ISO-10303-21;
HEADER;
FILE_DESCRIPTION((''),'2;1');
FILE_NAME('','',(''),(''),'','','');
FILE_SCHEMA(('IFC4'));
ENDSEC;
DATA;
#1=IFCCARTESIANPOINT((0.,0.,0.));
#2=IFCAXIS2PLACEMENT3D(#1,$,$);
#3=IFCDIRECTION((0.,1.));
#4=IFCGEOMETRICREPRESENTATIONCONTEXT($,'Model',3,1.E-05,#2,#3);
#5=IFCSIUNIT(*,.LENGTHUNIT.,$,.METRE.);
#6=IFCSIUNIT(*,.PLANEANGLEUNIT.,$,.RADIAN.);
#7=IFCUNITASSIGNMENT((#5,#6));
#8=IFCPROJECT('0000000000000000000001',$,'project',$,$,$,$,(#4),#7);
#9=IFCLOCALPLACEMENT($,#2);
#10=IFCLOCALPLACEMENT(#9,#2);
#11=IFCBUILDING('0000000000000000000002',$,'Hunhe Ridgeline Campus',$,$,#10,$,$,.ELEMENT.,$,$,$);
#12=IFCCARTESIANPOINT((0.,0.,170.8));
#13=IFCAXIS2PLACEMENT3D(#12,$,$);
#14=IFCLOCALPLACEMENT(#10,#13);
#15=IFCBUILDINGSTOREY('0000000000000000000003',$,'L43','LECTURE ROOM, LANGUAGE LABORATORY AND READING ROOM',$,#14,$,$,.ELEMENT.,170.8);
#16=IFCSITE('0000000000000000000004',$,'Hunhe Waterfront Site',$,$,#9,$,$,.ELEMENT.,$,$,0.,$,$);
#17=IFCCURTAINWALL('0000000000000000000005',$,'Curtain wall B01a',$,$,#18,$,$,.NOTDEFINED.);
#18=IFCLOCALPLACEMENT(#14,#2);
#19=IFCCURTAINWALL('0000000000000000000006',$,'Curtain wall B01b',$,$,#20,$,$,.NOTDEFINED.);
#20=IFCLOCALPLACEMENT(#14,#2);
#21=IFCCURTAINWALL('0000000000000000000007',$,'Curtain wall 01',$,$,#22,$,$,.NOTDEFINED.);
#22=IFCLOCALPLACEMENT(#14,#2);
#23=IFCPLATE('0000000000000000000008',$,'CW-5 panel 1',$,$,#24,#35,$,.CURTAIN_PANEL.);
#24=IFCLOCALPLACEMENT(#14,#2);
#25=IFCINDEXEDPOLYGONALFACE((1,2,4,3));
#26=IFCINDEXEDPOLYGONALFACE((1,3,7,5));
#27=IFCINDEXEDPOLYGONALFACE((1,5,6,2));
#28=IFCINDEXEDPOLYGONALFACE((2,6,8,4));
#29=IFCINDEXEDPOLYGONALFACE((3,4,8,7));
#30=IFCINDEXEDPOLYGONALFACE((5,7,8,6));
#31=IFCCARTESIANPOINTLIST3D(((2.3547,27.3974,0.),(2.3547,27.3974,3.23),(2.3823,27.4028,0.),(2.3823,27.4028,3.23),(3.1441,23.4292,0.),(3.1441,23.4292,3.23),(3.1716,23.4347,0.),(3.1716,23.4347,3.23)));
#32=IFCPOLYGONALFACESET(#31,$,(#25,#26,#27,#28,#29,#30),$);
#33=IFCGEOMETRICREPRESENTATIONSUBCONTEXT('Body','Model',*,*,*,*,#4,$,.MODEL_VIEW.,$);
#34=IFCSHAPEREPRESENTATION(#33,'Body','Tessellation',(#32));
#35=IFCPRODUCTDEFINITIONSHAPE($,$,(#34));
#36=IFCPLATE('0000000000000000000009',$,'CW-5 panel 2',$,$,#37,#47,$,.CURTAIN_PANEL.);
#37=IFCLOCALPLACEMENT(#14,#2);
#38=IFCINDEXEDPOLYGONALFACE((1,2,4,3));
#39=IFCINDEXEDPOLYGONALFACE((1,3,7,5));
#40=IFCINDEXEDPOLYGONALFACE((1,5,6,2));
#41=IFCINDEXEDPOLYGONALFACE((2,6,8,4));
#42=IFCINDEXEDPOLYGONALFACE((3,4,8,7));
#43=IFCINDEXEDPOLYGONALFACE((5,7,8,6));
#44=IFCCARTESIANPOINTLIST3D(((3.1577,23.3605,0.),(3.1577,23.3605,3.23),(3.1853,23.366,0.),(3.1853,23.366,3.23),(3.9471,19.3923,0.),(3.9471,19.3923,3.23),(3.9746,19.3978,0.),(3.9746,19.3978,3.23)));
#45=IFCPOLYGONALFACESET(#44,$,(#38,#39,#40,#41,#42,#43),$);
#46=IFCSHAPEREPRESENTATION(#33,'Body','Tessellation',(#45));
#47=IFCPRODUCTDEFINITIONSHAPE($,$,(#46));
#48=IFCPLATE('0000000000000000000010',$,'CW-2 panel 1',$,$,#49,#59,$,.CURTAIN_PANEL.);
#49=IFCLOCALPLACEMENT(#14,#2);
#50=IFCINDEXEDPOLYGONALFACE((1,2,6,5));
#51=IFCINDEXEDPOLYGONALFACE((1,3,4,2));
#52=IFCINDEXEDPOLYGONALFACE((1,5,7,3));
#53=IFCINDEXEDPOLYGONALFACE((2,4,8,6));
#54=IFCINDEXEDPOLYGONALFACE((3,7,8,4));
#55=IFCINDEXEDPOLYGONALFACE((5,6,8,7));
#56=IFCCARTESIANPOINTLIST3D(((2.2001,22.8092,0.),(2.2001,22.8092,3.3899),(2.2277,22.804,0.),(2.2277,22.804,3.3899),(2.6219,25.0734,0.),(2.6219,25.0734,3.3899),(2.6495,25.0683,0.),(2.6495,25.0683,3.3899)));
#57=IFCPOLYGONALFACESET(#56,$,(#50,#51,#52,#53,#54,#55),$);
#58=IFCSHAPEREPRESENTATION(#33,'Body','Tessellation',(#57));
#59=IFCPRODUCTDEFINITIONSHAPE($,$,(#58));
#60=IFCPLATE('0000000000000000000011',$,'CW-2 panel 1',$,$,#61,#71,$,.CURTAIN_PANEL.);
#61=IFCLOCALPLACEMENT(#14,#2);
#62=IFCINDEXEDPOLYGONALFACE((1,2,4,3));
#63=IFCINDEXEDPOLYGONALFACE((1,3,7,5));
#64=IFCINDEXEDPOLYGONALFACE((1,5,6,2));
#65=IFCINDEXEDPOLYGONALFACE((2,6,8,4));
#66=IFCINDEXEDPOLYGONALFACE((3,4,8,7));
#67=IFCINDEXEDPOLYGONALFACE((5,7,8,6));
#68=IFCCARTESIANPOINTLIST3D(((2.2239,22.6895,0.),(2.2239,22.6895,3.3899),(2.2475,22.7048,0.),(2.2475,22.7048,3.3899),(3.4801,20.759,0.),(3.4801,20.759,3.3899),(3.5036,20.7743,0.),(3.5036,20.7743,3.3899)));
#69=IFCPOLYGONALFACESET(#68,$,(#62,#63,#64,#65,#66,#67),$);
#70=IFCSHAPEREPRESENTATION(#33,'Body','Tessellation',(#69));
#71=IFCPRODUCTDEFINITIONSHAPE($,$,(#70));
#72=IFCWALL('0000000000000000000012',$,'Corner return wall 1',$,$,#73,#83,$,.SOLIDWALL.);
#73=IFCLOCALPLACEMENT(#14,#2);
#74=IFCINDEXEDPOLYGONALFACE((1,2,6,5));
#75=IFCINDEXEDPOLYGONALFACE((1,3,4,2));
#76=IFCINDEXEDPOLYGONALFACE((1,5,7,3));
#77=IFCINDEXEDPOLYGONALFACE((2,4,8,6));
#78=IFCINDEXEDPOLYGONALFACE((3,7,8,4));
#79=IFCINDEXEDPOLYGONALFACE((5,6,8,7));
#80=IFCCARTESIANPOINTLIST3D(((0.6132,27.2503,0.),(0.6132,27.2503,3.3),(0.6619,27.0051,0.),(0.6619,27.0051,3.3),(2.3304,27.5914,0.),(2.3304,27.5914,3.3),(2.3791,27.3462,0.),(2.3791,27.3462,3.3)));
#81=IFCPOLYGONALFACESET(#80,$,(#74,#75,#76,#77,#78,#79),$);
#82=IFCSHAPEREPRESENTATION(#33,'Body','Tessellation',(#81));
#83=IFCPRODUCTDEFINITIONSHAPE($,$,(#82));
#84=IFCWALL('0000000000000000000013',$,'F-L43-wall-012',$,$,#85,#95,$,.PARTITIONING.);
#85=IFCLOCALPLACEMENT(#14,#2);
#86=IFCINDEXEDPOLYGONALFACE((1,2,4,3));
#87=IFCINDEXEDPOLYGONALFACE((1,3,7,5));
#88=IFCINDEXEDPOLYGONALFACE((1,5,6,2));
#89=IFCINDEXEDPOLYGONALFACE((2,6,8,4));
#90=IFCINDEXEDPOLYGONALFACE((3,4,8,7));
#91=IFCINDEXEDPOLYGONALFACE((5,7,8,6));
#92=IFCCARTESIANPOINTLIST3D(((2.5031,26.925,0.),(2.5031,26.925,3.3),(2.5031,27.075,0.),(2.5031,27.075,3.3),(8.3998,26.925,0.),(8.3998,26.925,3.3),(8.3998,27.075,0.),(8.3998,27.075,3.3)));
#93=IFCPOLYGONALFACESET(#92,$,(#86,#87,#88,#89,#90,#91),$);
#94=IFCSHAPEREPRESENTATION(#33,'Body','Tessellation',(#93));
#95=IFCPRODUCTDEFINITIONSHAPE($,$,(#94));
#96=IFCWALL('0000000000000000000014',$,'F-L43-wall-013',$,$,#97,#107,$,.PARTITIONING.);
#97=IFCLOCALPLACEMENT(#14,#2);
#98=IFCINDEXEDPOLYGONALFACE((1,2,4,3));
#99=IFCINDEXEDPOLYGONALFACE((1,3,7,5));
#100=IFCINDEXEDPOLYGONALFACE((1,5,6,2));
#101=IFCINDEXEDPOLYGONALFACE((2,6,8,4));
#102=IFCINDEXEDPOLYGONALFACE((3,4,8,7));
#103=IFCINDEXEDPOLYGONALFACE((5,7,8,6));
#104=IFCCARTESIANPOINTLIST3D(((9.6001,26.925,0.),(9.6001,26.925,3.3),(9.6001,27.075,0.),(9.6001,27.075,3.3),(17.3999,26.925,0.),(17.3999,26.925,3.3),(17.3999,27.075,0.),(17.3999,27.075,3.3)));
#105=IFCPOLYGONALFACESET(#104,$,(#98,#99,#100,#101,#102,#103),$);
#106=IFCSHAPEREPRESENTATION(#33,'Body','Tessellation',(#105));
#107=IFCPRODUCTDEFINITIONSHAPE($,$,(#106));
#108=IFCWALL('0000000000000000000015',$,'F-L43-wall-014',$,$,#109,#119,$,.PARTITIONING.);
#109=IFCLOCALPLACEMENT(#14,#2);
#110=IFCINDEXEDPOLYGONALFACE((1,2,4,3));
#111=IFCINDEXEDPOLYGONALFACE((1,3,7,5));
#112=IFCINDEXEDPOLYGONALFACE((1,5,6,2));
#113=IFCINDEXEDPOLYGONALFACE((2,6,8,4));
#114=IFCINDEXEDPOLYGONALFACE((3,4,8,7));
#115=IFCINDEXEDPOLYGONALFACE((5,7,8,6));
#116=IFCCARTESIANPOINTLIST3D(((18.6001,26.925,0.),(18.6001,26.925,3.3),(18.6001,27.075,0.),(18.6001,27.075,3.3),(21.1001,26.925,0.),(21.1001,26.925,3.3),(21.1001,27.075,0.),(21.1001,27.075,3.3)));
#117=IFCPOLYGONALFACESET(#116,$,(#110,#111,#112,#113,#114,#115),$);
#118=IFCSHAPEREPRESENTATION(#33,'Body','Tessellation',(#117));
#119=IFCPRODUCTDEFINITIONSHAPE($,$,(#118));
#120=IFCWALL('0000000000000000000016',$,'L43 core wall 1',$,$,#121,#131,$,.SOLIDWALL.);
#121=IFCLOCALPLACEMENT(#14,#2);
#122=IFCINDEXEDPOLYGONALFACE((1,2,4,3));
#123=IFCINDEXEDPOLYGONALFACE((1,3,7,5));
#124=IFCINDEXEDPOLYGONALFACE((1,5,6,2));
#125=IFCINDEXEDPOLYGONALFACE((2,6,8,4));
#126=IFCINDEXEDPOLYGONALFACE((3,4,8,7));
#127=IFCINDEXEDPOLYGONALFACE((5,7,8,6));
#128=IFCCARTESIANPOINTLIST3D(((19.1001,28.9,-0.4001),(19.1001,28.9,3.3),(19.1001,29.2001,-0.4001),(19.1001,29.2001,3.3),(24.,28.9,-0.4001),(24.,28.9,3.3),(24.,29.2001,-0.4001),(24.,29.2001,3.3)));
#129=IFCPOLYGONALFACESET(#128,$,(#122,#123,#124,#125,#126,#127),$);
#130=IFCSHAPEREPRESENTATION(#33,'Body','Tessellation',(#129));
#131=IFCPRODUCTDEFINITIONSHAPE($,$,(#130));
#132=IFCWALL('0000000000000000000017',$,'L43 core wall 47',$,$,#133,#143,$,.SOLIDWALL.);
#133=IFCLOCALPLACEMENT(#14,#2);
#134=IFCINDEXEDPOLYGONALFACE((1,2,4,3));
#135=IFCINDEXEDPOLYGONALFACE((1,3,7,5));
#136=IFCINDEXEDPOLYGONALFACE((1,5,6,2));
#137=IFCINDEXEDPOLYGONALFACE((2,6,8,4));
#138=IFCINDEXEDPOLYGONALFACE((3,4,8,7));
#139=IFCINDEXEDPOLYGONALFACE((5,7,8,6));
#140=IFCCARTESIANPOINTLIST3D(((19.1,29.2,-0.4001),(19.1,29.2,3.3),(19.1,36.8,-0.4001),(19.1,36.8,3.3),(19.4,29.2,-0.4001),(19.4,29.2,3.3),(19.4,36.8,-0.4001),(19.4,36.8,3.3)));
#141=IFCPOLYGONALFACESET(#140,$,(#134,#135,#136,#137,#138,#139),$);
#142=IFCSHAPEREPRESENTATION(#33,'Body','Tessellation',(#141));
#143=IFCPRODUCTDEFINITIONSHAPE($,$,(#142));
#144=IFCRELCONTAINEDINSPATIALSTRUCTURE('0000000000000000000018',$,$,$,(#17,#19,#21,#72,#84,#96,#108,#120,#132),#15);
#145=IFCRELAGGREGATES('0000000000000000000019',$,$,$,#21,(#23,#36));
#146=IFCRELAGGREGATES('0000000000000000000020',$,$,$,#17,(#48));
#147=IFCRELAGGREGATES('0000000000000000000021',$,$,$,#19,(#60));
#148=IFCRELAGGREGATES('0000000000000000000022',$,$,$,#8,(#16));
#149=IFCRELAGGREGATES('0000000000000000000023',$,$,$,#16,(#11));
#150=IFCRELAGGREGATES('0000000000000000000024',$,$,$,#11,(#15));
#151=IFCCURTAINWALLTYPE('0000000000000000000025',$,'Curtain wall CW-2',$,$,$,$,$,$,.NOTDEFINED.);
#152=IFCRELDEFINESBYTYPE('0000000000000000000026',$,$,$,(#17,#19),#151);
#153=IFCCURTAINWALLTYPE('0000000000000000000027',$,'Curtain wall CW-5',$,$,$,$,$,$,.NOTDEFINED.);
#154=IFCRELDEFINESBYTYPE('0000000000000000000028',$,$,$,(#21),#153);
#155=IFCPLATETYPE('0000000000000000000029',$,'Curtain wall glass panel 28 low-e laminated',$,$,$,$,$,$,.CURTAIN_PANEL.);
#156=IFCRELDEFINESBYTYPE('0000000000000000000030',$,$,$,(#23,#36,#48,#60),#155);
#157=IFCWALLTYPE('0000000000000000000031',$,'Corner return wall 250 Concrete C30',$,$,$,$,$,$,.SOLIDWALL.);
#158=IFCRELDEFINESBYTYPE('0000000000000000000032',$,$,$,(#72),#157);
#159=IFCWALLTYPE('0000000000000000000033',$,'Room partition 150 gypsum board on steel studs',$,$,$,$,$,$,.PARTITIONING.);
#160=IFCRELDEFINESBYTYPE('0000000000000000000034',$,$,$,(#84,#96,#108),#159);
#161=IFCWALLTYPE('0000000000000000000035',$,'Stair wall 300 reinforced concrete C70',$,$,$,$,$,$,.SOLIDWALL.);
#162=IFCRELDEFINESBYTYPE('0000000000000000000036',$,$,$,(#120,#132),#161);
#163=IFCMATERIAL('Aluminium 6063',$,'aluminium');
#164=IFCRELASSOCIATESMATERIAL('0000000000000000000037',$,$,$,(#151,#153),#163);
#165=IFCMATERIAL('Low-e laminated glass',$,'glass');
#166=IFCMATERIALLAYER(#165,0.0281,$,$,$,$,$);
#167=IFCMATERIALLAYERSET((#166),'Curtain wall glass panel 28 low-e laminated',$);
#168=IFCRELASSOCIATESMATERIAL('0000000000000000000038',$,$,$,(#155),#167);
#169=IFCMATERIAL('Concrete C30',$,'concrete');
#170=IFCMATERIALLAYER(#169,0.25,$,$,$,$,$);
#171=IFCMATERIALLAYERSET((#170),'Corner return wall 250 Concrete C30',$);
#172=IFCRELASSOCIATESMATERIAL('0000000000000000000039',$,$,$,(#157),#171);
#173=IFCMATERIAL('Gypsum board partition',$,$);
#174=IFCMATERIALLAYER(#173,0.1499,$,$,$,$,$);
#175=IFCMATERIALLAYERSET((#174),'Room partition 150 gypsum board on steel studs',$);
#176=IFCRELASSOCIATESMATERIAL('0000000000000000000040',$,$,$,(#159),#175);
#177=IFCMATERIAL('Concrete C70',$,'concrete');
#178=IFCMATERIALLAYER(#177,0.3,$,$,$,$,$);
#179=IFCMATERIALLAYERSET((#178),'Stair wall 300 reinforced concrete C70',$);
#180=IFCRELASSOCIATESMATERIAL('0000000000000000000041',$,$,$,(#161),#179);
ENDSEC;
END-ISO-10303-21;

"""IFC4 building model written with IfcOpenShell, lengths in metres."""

from ifc_helpers import new_model, si_unit, direction, frame, frame_2d, origin, origin_2d, place, context, subcontext, project, spatial, rectangle, extrude, material, layer, layer_set, type_object, element, aggregate, save


model = new_model("IFC4")

# Units and contexts
model_context = context("Model", 3, precision=1e-05, world=origin(), true_north=direction((0.0, 1.0)))
body_context = subcontext(model_context, "Body", "Model", "MODEL_VIEW")
ifc_project = project(units=[si_unit("LENGTHUNIT", "METRE"), si_unit("PLANEANGLEUNIT", "RADIAN")], contexts=[model_context])

# Site, building, storey
site_placement = place(None, origin())
site = spatial("IfcSite", under=ifc_project, at=site_placement, Name="Hunhe Waterfront Site", CompositionType="ELEMENT", RefElevation=0.0)
building_placement = place(site_placement, origin())
building = spatial("IfcBuilding", under=site, at=building_placement, Name="Hunhe Ridgeline Campus", CompositionType="ELEMENT")
storey_placement = place(building_placement, frame((0.0, 0.0, 170.8)))
storey = spatial("IfcBuildingStorey", under=building, at=storey_placement, Name="L43", Description="LECTURE ROOM, LANGUAGE LABORATORY AND READING ROOM", CompositionType="ELEMENT", Elevation=170.8)

# Shared definitions
ifc_material_1 = material(Name="Concrete C70", Category="concrete")

# Curtain walls
ifc_material_2 = material(Name="Aluminium 6063", Category="aluminium")
curtain_wall_type_1 = type_object("IfcCurtainWallType", Name="Curtain wall CW-2", PredefinedType="NOTDEFINED", material=ifc_material_2)
curtain_wall_1_placement = place(storey_placement, origin())
curtain_wall_1 = element("IfcCurtainWall", 1, at=curtain_wall_1_placement, inside=storey, type_object=curtain_wall_type_1, Name="Curtain wall B01a", PredefinedType="NOTDEFINED")
curtain_wall_2_placement = place(storey_placement, origin())
curtain_wall_2 = element("IfcCurtainWall", 2, at=curtain_wall_2_placement, inside=storey, type_object=curtain_wall_type_1, Name="Curtain wall B01b", PredefinedType="NOTDEFINED")

# Curtain wall
curtain_wall_type_2 = type_object("IfcCurtainWallType", Name="Curtain wall CW-5", PredefinedType="NOTDEFINED", material=ifc_material_2)
curtain_wall_3_placement = place(storey_placement, origin())
curtain_wall_3 = element("IfcCurtainWall", 3, at=curtain_wall_3_placement, inside=storey, type_object=curtain_wall_type_2, Name="Curtain wall 01", PredefinedType="NOTDEFINED")

# Plates
ifc_material_3 = material(Name="Low-e laminated glass", Category="glass")
ifc_layer_1 = layer(ifc_material_3, 0.0281)
ifc_layer_set_1 = layer_set([ifc_layer_1], Name="Curtain wall glass panel 28 low-e laminated")
plate_type = type_object("IfcPlateType", Name="Curtain wall glass panel 28 low-e laminated", PredefinedType="CURTAIN_PANEL", material=ifc_layer_set_1)
plate_1_placement = place(storey_placement, frame((2.7632, 25.416, 0.0), z_axis=(0.0, 0.0, 1.0), x_axis=(0.195095, -0.980784, 0.0)))
plate_1 = element("IfcPlate", 4, at=plate_1_placement, type_object=plate_type, Name="CW-5 panel 1", PredefinedType="CURTAIN_PANEL", context=body_context, shape_type="SweptSolid", body=[
    extrude(rectangle(XDim=4.0459, YDim=0.0281, at=origin_2d()), origin(), (0.0, 0.0, 1.0), 3.23),
])
plate_2_placement = place(storey_placement, frame((3.5662, 21.3792, 0.0), z_axis=(0.0, 0.0, 1.0), x_axis=(0.195095, -0.980784, 0.0)))
plate_2 = element("IfcPlate", 5, at=plate_2_placement, type_object=plate_type, Name="CW-5 panel 2", PredefinedType="CURTAIN_PANEL", context=body_context, shape_type="SweptSolid", body=[
    extrude(rectangle(XDim=4.0459, YDim=0.0281, at=origin_2d()), origin(), (0.0, 0.0, 1.0), 3.23),
])
aggregate(curtain_wall_3, [plate_1, plate_2])
plate_3_placement = place(storey_placement, frame((2.4248, 23.9387, 0.0), z_axis=(0.0, 0.0, 1.0), x_axis=(-0.183113, -0.983092, 0.0)))
plate_3 = element("IfcPlate", 6, at=plate_3_placement, type_object=plate_type, Name="CW-2 panel 1", PredefinedType="CURTAIN_PANEL", context=body_context, shape_type="SweptSolid", body=[
    extrude(rectangle(XDim=2.3032, YDim=0.0281, at=origin_2d()), origin(), (0.0, 0.0, 1.0), 3.3899),
])
aggregate(curtain_wall_1, [plate_3])
plate_4_placement = place(storey_placement, frame((2.8638, 21.7319, 0.0), z_axis=(0.0, 0.0, 1.0), x_axis=(0.545395, -0.838179, 0.0)))
plate_4 = element("IfcPlate", 7, at=plate_4_placement, type_object=plate_type, Name="CW-2 panel 1", PredefinedType="CURTAIN_PANEL", context=body_context, shape_type="SweptSolid", body=[
    extrude(rectangle(XDim=2.3032, YDim=0.0281, at=origin_2d()), origin(), (0.0, 0.0, 1.0), 3.3899),
])
aggregate(curtain_wall_2, [plate_4])

# Walls
ifc_material_4 = material(Name="Concrete C30", Category="concrete")
ifc_layer_2 = layer(ifc_material_4, 0.25)
ifc_layer_set_2 = layer_set([ifc_layer_2], Name="Corner return wall 250 Concrete C30")
wall_type_1 = type_object("IfcWallType", Name="Corner return wall 250 Concrete C30", PredefinedType="SOLIDWALL", material=ifc_layer_set_2)
wall_1_placement = place(storey_placement, frame((0.6375, 27.1277, 0.0), z_axis=(0.0, 0.0, 1.0), x_axis=(0.980843, 0.194802, 0.0)))
element("IfcWall", 8, at=wall_1_placement, inside=storey, type_object=wall_type_1, Name="Corner return wall 1", PredefinedType="SOLIDWALL", context=body_context, shape_type="SweptSolid", body=[
    extrude(rectangle(XDim=1.7507, YDim=0.25, at=frame_2d((0.8755, 0.0))), origin(), (0.0, 0.0, 1.0), 3.3),
])
ifc_material_5 = material(Name="Gypsum board partition")
ifc_layer_3 = layer(ifc_material_5, 0.1499)
ifc_layer_set_3 = layer_set([ifc_layer_3], Name="Room partition 150 gypsum board on steel studs")
wall_type_2 = type_object("IfcWallType", Name="Room partition 150 gypsum board on steel studs", PredefinedType="PARTITIONING", material=ifc_layer_set_3)
wall_2_placement = place(storey_placement, frame((2.5032, 27.0, 0.0), z_axis=(0.0, 0.0, 1.0), x_axis=(1.0, 0.0, 0.0)))
element("IfcWall", 9, at=wall_2_placement, inside=storey, type_object=wall_type_2, Name="F-L43-wall-012", PredefinedType="PARTITIONING", context=body_context, shape_type="SweptSolid", body=[
    extrude(rectangle(XDim=5.8967, YDim=0.1499, at=frame_2d((2.9482, 0.0))), origin(), (0.0, 0.0, 1.0), 3.3),
])
wall_3_placement = place(storey_placement, frame((9.6001, 27.0, 0.0), z_axis=(0.0, 0.0, 1.0), x_axis=(1.0, 0.0, 0.0)))
element("IfcWall", 10, at=wall_3_placement, inside=storey, type_object=wall_type_2, Name="F-L43-wall-013", PredefinedType="PARTITIONING", context=body_context, shape_type="SweptSolid", body=[
    extrude(rectangle(XDim=7.7998, YDim=0.1499, at=frame_2d((3.8999, 0.0))), origin(), (0.0, 0.0, 1.0), 3.3),
])
wall_4_placement = place(storey_placement, frame((18.6001, 27.0, 0.0), z_axis=(0.0, 0.0, 1.0), x_axis=(1.0, 0.0, 0.0)))
element("IfcWall", 11, at=wall_4_placement, inside=storey, type_object=wall_type_2, Name="F-L43-wall-014", PredefinedType="PARTITIONING", context=body_context, shape_type="SweptSolid", body=[
    extrude(rectangle(XDim=2.5, YDim=0.1499, at=frame_2d((1.25, 0.0))), origin(), (0.0, 0.0, 1.0), 3.3),
])
ifc_layer_4 = layer(ifc_material_1, 0.3)
ifc_layer_set_4 = layer_set([ifc_layer_4], Name="Stair wall 300 reinforced concrete C70")
wall_type_3 = type_object("IfcWallType", Name="Stair wall 300 reinforced concrete C70", PredefinedType="SOLIDWALL", material=ifc_layer_set_4)
wall_5_placement = place(storey_placement, frame((19.1001, 29.05, -0.4001), z_axis=(0.0, 0.0, 1.0), x_axis=(1.0, 0.0, 0.0)))
element("IfcWall", 12, at=wall_5_placement, inside=storey, type_object=wall_type_3, Name="L43 core wall 1", PredefinedType="SOLIDWALL", context=body_context, shape_type="SweptSolid", body=[
    extrude(rectangle(XDim=4.8999, YDim=0.3, at=frame_2d((2.45, 0.0))), origin(), (0.0, 0.0, 1.0), 3.7002),
])
wall_6_placement = place(storey_placement, frame((19.25, 29.2, -0.4001), z_axis=(0.0, 0.0, 1.0), x_axis=(0.0, 1.0, 0.0)))
element("IfcWall", 13, at=wall_6_placement, inside=storey, type_object=wall_type_3, Name="L43 core wall 47", PredefinedType="SOLIDWALL", context=body_context, shape_type="SweptSolid", body=[
    extrude(rectangle(XDim=7.6001, YDim=0.3, at=frame_2d((3.8, 0.0))), origin(), (0.0, 0.0, 1.0), 3.7002),
])

save(model, "model.ifc")
